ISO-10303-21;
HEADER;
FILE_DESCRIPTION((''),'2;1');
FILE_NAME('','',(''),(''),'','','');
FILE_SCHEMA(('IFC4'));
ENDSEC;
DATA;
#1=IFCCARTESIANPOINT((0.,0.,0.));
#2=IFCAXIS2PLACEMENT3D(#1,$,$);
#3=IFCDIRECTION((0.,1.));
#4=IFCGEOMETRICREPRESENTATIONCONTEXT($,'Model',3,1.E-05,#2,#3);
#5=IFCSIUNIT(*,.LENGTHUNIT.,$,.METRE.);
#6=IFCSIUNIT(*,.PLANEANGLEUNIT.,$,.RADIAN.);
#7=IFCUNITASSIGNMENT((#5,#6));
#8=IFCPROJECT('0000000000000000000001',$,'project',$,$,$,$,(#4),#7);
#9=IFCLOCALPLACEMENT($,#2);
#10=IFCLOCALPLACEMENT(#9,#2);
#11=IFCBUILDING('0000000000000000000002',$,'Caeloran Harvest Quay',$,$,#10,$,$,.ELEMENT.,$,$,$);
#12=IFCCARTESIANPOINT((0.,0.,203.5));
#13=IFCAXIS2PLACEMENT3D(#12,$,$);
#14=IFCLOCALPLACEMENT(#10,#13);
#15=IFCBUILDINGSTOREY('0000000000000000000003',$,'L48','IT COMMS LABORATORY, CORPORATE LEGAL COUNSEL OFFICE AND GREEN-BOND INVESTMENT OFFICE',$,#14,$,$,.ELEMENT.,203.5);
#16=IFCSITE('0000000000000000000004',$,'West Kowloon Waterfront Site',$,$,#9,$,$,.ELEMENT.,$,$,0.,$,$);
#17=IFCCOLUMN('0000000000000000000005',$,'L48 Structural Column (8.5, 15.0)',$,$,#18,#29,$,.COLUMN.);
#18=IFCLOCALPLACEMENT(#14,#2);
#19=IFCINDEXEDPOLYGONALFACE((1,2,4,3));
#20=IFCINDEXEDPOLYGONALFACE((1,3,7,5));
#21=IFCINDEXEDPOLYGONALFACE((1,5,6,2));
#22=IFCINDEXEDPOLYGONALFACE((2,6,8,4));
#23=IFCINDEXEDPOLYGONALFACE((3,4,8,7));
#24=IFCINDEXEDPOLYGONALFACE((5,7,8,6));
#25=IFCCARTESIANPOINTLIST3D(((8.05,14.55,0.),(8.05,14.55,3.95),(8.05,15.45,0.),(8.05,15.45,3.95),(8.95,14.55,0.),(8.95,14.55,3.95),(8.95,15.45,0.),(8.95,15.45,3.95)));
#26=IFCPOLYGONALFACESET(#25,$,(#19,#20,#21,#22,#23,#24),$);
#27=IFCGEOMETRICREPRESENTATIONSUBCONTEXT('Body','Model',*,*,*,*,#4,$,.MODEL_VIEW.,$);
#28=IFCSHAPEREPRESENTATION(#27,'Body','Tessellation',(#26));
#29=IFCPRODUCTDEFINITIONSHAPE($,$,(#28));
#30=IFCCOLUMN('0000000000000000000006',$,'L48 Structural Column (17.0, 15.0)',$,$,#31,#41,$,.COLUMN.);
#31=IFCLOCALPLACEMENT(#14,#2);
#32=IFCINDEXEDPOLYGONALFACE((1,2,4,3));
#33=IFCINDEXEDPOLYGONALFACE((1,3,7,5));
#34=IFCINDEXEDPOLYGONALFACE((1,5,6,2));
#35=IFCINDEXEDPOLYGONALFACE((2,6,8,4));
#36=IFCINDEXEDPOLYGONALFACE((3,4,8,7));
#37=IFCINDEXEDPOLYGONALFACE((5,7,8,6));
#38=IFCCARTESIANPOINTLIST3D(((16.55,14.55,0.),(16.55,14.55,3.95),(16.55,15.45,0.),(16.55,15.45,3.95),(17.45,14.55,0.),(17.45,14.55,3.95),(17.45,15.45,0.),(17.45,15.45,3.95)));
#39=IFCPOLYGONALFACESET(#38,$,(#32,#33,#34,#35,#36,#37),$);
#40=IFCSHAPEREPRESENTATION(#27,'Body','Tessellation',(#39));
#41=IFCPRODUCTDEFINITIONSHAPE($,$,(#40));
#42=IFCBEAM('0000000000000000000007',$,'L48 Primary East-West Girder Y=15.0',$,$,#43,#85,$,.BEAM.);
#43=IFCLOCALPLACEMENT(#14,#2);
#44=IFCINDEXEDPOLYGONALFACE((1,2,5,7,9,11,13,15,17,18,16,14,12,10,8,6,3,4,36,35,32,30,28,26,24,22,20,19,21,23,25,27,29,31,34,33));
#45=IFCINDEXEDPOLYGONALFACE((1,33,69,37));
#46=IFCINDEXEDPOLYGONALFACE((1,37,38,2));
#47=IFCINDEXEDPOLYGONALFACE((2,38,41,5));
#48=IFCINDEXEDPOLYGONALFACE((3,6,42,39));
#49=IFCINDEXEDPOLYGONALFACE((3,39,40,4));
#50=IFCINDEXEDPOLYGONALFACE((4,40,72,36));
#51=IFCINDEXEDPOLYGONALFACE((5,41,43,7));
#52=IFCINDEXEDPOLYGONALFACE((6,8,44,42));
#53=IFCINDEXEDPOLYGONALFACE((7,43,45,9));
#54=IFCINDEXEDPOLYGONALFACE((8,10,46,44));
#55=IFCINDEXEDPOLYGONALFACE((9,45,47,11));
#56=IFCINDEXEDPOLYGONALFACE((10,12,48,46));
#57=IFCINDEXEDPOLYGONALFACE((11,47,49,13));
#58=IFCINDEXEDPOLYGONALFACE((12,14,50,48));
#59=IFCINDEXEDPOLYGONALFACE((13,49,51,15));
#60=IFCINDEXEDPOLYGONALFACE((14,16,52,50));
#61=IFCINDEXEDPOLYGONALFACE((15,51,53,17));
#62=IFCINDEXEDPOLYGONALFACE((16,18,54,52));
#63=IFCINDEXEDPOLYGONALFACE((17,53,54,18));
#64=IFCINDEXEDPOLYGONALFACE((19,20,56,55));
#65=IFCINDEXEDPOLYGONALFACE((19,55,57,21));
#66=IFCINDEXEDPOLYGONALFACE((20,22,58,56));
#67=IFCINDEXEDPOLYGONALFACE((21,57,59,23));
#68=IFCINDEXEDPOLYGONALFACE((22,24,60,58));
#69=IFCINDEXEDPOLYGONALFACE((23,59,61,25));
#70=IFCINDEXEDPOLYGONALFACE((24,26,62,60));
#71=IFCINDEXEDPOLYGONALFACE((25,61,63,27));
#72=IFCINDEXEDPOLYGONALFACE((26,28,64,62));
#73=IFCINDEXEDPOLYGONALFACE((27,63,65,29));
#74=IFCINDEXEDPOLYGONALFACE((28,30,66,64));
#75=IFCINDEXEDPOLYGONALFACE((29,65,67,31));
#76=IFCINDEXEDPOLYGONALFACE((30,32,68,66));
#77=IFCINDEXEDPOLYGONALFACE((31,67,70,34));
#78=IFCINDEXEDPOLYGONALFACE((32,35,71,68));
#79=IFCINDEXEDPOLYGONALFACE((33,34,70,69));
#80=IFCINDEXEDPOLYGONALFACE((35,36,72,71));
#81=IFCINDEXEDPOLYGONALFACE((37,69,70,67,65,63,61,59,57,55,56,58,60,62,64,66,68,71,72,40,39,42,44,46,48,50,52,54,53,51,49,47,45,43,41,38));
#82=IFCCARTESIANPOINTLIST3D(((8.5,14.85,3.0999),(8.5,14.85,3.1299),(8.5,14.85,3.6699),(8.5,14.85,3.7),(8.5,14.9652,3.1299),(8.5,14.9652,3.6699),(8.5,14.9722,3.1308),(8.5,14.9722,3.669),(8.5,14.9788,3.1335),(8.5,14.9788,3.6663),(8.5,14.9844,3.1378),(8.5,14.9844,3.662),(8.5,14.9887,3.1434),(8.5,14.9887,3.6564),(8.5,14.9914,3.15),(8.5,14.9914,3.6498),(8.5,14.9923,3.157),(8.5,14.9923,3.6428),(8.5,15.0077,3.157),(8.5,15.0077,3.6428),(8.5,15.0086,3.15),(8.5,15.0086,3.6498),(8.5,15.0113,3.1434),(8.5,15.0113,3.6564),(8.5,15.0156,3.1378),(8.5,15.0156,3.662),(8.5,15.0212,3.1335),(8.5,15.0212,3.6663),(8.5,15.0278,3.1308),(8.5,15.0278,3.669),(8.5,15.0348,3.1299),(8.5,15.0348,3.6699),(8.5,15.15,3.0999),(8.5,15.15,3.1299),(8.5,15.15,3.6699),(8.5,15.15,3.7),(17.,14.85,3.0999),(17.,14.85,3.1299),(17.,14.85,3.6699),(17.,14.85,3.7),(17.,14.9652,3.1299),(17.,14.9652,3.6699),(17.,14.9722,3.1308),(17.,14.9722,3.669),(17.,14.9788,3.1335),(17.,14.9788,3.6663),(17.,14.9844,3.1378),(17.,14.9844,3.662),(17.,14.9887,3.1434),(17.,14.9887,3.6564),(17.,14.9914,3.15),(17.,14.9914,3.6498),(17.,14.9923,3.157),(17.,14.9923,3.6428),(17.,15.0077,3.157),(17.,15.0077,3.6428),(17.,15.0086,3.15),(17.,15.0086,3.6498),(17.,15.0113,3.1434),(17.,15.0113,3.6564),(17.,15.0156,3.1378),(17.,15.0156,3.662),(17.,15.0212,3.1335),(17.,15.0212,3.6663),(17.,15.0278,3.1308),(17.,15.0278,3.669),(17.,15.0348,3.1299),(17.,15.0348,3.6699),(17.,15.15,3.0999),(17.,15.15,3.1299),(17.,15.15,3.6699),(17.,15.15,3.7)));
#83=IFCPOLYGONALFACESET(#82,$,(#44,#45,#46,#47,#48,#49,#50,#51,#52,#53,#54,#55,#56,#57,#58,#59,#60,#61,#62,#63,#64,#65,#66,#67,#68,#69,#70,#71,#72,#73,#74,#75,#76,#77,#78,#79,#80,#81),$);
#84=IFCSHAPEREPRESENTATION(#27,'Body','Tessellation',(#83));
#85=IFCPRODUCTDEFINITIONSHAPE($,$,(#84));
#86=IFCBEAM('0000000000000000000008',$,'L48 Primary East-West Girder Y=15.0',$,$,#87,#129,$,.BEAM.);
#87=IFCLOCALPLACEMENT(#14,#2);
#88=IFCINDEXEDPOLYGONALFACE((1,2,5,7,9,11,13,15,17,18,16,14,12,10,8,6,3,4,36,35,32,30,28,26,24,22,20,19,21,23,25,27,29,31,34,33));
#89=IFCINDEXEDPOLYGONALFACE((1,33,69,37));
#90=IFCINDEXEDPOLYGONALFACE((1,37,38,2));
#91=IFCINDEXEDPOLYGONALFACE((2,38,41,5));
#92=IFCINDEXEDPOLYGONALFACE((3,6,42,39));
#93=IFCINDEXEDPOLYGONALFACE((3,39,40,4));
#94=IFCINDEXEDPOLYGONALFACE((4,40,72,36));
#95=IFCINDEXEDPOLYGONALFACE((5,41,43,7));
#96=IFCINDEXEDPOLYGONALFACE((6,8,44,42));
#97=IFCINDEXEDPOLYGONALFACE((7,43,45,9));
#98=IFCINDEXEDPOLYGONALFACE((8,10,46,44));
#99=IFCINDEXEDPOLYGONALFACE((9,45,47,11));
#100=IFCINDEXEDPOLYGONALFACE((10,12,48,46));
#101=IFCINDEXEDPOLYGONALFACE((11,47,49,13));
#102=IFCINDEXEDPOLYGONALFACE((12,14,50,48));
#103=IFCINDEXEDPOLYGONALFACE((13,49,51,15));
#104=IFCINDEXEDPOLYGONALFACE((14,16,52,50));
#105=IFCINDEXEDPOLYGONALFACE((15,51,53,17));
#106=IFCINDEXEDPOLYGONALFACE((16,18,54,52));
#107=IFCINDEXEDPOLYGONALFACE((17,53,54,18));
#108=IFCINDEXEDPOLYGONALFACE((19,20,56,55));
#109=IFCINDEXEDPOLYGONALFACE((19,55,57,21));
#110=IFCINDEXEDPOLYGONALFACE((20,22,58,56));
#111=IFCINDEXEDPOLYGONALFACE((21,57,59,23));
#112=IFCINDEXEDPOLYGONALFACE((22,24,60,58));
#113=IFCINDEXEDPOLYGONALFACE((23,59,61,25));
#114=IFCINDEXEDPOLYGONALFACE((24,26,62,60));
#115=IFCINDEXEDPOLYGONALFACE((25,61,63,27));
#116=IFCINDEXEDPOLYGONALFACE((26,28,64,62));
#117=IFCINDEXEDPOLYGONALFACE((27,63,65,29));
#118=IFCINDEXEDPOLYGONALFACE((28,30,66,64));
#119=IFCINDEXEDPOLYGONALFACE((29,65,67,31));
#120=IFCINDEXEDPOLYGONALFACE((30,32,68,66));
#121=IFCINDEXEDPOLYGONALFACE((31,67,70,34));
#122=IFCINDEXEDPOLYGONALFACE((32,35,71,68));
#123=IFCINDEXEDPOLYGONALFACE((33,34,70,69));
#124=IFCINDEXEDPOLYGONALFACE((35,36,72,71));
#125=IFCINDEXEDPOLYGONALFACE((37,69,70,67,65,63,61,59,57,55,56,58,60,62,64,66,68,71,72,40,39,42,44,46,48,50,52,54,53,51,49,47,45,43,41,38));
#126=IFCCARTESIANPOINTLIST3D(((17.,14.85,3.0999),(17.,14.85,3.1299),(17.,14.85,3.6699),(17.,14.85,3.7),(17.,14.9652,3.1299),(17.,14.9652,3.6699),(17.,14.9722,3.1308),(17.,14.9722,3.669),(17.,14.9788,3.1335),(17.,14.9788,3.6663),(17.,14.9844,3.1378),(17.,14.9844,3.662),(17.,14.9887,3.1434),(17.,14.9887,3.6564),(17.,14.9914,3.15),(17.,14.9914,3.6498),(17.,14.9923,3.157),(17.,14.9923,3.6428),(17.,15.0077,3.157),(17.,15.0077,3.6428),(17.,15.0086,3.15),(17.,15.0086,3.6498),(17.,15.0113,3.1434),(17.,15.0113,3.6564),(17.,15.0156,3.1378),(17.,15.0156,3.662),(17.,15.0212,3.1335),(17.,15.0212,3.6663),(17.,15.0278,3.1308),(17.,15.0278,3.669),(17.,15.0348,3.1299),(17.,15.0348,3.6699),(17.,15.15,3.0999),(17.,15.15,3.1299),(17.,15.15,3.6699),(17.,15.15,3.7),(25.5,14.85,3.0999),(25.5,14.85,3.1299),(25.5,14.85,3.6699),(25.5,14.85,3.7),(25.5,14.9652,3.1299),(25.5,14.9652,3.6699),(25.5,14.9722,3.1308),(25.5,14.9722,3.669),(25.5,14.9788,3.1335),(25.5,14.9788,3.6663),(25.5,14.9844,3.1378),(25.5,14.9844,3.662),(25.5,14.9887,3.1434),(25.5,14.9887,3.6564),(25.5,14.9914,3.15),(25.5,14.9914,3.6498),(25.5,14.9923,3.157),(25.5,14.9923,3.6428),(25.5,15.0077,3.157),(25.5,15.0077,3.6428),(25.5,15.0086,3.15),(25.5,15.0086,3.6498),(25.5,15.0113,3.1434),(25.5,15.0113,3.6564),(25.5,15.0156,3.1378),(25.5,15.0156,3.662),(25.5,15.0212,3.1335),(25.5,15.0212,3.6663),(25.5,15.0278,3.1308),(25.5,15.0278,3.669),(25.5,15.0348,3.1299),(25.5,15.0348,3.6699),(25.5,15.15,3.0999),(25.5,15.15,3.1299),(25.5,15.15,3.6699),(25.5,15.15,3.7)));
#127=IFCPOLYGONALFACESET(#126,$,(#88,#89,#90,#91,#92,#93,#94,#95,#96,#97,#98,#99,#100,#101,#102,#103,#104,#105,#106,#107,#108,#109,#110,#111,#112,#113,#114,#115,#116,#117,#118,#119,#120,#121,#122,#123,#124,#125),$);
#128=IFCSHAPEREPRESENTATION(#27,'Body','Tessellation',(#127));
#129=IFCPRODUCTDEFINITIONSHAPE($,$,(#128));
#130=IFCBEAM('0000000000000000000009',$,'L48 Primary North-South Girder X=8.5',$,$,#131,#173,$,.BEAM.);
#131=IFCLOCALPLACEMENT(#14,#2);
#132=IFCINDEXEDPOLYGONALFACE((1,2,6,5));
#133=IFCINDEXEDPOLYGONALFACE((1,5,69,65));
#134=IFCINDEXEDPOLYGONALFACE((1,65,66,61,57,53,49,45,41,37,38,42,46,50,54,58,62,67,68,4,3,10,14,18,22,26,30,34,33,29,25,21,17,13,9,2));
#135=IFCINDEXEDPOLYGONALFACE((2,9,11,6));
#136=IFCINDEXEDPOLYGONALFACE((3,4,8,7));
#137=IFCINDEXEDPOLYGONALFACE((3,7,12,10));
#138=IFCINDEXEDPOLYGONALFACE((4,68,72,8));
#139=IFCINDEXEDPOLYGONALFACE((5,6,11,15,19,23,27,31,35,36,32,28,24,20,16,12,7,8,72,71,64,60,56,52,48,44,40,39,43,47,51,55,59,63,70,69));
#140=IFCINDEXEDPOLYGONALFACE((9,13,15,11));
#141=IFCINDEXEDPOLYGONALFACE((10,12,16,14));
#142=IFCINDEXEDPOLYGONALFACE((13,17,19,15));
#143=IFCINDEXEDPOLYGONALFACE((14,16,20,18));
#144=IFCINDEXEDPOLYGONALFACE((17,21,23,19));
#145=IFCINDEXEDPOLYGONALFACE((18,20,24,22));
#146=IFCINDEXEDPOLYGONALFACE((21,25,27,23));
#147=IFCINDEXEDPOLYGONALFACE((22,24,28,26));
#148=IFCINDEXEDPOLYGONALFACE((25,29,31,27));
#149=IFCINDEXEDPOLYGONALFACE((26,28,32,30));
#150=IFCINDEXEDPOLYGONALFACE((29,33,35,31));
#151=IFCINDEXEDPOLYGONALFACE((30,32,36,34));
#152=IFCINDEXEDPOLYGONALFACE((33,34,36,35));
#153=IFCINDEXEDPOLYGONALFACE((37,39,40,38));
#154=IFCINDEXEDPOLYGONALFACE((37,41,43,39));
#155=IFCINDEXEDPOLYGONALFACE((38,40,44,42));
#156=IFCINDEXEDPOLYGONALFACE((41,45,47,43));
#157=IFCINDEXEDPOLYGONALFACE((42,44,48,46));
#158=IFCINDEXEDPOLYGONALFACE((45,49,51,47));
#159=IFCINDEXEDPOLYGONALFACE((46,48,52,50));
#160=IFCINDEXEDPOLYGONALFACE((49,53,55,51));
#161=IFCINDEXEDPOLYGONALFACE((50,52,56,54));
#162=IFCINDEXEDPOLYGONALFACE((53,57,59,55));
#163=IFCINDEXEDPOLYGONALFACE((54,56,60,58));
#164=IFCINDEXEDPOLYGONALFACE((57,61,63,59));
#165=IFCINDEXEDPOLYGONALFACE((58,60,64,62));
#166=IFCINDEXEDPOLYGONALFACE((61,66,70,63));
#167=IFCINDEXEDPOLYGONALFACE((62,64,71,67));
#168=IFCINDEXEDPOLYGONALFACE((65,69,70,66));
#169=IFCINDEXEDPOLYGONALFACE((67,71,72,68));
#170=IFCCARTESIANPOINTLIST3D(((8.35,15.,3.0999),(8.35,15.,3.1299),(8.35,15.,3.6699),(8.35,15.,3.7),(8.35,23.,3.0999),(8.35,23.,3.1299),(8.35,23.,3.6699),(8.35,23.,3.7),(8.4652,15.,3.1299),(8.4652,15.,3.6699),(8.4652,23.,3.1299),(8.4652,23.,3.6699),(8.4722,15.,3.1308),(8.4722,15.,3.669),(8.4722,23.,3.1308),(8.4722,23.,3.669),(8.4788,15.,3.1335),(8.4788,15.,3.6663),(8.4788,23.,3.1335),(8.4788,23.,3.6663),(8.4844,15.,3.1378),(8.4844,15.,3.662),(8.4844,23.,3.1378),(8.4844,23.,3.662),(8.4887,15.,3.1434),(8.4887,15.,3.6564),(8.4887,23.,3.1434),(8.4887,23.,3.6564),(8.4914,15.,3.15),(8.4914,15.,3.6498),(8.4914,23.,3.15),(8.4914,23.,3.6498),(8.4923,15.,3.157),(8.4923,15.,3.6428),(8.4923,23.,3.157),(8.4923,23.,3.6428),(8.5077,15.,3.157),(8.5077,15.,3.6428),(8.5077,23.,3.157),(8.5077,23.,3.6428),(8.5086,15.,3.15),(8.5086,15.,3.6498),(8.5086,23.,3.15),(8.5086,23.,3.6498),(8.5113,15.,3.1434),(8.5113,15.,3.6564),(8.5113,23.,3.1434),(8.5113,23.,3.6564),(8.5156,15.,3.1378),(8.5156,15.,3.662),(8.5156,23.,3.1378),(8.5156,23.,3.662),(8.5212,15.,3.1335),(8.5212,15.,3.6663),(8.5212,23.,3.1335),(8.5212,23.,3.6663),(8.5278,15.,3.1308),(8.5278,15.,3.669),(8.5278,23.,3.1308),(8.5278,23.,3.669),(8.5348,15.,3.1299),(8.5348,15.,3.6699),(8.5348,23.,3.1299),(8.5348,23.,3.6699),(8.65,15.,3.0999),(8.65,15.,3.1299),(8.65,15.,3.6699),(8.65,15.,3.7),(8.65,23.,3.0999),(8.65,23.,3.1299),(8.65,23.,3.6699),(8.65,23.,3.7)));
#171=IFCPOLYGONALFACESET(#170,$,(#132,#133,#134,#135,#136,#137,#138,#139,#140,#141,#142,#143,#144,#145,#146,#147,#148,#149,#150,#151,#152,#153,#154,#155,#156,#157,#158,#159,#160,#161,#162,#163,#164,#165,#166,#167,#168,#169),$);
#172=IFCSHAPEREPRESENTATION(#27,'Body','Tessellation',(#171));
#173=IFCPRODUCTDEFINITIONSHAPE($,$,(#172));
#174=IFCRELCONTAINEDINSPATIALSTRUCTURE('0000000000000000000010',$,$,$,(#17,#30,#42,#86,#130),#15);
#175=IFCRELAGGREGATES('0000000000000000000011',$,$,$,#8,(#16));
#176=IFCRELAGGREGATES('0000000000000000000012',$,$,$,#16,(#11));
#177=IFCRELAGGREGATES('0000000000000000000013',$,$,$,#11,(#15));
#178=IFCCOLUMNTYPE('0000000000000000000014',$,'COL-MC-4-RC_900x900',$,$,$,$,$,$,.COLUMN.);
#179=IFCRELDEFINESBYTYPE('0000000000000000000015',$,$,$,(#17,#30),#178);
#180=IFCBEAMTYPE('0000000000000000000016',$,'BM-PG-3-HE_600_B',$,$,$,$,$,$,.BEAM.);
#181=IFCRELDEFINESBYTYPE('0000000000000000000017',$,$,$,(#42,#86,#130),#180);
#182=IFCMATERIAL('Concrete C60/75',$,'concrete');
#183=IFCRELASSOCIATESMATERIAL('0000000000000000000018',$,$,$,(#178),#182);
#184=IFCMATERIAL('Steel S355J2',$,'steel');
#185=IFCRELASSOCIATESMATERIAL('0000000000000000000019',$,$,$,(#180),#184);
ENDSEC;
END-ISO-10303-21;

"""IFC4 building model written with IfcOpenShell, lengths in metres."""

from ifc_helpers import new_model, si_unit, direction, frame, origin, origin_2d, place, context, subcontext, project, spatial, rectangle, i_section, extrude, material, material_profile, profile_set, type_object, element, save


model = new_model("IFC4")

# Units and contexts
model_context = context("Model", 3, precision=1e-05, world=origin(), true_north=direction((0.0, 1.0)))
body_context = subcontext(model_context, "Body", "Model", "MODEL_VIEW")
ifc_project = project(units=[si_unit("LENGTHUNIT", "METRE"), si_unit("PLANEANGLEUNIT", "RADIAN")], contexts=[model_context])

# Site, building, storey
site_placement = place(None, origin())
site = spatial("IfcSite", under=ifc_project, at=site_placement, Name="West Kowloon Waterfront Site", CompositionType="ELEMENT", RefElevation=0.0)
building_placement = place(site_placement, origin())
building = spatial("IfcBuilding", under=site, at=building_placement, Name="Caeloran Harvest Quay", CompositionType="ELEMENT")
storey_placement = place(building_placement, frame((0.0, 0.0, 203.5)))
storey = spatial("IfcBuildingStorey", under=building, at=storey_placement, Name="L48", Description="IT COMMS LABORATORY, CORPORATE LEGAL COUNSEL OFFICE AND GREEN-BOND INVESTMENT OFFICE", CompositionType="ELEMENT", Elevation=203.5)

# Columns
ifc_material_1 = material(Name="Concrete C60/75", Category="concrete")
ifc_material_profile_1 = material_profile(ifc_material_1, rectangle(XDim=0.8999, YDim=0.8999, at=origin_2d()), Name="RC 900x900")
ifc_profile_set_1 = profile_set([ifc_material_profile_1], Name="Concrete C60/75")
column_type = type_object("IfcColumnType", Name="COL-MC-4-RC_900x900", PredefinedType="COLUMN", material=ifc_profile_set_1)
for number, where, z_axis, x_axis, name in (
    (1, (8.5, 15.0, 0.0), (0.0, 0.0, 1.0), (1.0, 0.0, 0.0), "L48 Structural Column (8.5, 15.0)"),
    (2, (17.0, 15.0, 0.0), (0.0, 0.0, 1.0), (1.0, 0.0, 0.0), "L48 Structural Column (17.0, 15.0)"),
):
    element("IfcColumn", number, at=place(storey_placement, frame(where, z_axis=z_axis, x_axis=x_axis)), inside=storey, type_object=column_type, Name=name, PredefinedType="COLUMN", context=body_context, shape_type="SweptSolid", body=[
        extrude(rectangle(XDim=0.8999, YDim=0.8999, at=origin_2d()), origin(), (0.0, 0.0, 1.0), 3.95),
    ])

# Beams
ifc_material_2 = material(Name="Steel S355J2", Category="steel")
ifc_material_profile_2 = material_profile(ifc_material_2, i_section(OverallWidth=0.3, OverallDepth=0.6001, WebThickness=0.0154, FlangeThickness=0.03, FilletRadius=0.0271, at=origin_2d()), Name="HE 600 B")
ifc_profile_set_2 = profile_set([ifc_material_profile_2], Name="Steel S355J2")
beam_type_1 = type_object("IfcBeamType", Name="BM-PG-3-HE_600_B", PredefinedType="BEAM", material=ifc_profile_set_2)
for number, where, z_axis, x_axis, name in (
    (3, (8.5, 15.0, 3.3999), (1.0, 0.0, 0.0), (0.0, 1.0, 0.0), "L48 Primary East-West Girder Y=15.0"),
    (4, (17.0, 15.0, 3.3999), (1.0, 0.0, 0.0), (0.0, 1.0, 0.0), "L48 Primary East-West Girder Y=15.0"),
):
    element("IfcBeam", number, at=place(storey_placement, frame(where, z_axis=z_axis, x_axis=x_axis)), inside=storey, type_object=beam_type_1, Name=name, PredefinedType="BEAM", context=body_context, shape_type="SweptSolid", body=[
        extrude(i_section(OverallWidth=0.3, OverallDepth=0.6001, WebThickness=0.0154, FlangeThickness=0.03, FilletRadius=0.0271, at=origin_2d()), origin(), (0.0, 0.0, 1.0), 8.5),
    ])
beam_1_placement = place(storey_placement, frame((8.5, 15.0, 3.3999), z_axis=(0.0, 1.0, 0.0), x_axis=(-1.0, 0.0, 0.0)))
element("IfcBeam", 5, at=beam_1_placement, inside=storey, type_object=beam_type_1, Name="L48 Primary North-South Girder X=8.5", PredefinedType="BEAM", context=body_context, shape_type="SweptSolid", body=[
    extrude(i_section(OverallWidth=0.3, OverallDepth=0.6001, WebThickness=0.0154, FlangeThickness=0.03, FilletRadius=0.0271, at=origin_2d()), origin(), (0.0, 0.0, 1.0), 8.0),
])

save(model, "model.ifc")
